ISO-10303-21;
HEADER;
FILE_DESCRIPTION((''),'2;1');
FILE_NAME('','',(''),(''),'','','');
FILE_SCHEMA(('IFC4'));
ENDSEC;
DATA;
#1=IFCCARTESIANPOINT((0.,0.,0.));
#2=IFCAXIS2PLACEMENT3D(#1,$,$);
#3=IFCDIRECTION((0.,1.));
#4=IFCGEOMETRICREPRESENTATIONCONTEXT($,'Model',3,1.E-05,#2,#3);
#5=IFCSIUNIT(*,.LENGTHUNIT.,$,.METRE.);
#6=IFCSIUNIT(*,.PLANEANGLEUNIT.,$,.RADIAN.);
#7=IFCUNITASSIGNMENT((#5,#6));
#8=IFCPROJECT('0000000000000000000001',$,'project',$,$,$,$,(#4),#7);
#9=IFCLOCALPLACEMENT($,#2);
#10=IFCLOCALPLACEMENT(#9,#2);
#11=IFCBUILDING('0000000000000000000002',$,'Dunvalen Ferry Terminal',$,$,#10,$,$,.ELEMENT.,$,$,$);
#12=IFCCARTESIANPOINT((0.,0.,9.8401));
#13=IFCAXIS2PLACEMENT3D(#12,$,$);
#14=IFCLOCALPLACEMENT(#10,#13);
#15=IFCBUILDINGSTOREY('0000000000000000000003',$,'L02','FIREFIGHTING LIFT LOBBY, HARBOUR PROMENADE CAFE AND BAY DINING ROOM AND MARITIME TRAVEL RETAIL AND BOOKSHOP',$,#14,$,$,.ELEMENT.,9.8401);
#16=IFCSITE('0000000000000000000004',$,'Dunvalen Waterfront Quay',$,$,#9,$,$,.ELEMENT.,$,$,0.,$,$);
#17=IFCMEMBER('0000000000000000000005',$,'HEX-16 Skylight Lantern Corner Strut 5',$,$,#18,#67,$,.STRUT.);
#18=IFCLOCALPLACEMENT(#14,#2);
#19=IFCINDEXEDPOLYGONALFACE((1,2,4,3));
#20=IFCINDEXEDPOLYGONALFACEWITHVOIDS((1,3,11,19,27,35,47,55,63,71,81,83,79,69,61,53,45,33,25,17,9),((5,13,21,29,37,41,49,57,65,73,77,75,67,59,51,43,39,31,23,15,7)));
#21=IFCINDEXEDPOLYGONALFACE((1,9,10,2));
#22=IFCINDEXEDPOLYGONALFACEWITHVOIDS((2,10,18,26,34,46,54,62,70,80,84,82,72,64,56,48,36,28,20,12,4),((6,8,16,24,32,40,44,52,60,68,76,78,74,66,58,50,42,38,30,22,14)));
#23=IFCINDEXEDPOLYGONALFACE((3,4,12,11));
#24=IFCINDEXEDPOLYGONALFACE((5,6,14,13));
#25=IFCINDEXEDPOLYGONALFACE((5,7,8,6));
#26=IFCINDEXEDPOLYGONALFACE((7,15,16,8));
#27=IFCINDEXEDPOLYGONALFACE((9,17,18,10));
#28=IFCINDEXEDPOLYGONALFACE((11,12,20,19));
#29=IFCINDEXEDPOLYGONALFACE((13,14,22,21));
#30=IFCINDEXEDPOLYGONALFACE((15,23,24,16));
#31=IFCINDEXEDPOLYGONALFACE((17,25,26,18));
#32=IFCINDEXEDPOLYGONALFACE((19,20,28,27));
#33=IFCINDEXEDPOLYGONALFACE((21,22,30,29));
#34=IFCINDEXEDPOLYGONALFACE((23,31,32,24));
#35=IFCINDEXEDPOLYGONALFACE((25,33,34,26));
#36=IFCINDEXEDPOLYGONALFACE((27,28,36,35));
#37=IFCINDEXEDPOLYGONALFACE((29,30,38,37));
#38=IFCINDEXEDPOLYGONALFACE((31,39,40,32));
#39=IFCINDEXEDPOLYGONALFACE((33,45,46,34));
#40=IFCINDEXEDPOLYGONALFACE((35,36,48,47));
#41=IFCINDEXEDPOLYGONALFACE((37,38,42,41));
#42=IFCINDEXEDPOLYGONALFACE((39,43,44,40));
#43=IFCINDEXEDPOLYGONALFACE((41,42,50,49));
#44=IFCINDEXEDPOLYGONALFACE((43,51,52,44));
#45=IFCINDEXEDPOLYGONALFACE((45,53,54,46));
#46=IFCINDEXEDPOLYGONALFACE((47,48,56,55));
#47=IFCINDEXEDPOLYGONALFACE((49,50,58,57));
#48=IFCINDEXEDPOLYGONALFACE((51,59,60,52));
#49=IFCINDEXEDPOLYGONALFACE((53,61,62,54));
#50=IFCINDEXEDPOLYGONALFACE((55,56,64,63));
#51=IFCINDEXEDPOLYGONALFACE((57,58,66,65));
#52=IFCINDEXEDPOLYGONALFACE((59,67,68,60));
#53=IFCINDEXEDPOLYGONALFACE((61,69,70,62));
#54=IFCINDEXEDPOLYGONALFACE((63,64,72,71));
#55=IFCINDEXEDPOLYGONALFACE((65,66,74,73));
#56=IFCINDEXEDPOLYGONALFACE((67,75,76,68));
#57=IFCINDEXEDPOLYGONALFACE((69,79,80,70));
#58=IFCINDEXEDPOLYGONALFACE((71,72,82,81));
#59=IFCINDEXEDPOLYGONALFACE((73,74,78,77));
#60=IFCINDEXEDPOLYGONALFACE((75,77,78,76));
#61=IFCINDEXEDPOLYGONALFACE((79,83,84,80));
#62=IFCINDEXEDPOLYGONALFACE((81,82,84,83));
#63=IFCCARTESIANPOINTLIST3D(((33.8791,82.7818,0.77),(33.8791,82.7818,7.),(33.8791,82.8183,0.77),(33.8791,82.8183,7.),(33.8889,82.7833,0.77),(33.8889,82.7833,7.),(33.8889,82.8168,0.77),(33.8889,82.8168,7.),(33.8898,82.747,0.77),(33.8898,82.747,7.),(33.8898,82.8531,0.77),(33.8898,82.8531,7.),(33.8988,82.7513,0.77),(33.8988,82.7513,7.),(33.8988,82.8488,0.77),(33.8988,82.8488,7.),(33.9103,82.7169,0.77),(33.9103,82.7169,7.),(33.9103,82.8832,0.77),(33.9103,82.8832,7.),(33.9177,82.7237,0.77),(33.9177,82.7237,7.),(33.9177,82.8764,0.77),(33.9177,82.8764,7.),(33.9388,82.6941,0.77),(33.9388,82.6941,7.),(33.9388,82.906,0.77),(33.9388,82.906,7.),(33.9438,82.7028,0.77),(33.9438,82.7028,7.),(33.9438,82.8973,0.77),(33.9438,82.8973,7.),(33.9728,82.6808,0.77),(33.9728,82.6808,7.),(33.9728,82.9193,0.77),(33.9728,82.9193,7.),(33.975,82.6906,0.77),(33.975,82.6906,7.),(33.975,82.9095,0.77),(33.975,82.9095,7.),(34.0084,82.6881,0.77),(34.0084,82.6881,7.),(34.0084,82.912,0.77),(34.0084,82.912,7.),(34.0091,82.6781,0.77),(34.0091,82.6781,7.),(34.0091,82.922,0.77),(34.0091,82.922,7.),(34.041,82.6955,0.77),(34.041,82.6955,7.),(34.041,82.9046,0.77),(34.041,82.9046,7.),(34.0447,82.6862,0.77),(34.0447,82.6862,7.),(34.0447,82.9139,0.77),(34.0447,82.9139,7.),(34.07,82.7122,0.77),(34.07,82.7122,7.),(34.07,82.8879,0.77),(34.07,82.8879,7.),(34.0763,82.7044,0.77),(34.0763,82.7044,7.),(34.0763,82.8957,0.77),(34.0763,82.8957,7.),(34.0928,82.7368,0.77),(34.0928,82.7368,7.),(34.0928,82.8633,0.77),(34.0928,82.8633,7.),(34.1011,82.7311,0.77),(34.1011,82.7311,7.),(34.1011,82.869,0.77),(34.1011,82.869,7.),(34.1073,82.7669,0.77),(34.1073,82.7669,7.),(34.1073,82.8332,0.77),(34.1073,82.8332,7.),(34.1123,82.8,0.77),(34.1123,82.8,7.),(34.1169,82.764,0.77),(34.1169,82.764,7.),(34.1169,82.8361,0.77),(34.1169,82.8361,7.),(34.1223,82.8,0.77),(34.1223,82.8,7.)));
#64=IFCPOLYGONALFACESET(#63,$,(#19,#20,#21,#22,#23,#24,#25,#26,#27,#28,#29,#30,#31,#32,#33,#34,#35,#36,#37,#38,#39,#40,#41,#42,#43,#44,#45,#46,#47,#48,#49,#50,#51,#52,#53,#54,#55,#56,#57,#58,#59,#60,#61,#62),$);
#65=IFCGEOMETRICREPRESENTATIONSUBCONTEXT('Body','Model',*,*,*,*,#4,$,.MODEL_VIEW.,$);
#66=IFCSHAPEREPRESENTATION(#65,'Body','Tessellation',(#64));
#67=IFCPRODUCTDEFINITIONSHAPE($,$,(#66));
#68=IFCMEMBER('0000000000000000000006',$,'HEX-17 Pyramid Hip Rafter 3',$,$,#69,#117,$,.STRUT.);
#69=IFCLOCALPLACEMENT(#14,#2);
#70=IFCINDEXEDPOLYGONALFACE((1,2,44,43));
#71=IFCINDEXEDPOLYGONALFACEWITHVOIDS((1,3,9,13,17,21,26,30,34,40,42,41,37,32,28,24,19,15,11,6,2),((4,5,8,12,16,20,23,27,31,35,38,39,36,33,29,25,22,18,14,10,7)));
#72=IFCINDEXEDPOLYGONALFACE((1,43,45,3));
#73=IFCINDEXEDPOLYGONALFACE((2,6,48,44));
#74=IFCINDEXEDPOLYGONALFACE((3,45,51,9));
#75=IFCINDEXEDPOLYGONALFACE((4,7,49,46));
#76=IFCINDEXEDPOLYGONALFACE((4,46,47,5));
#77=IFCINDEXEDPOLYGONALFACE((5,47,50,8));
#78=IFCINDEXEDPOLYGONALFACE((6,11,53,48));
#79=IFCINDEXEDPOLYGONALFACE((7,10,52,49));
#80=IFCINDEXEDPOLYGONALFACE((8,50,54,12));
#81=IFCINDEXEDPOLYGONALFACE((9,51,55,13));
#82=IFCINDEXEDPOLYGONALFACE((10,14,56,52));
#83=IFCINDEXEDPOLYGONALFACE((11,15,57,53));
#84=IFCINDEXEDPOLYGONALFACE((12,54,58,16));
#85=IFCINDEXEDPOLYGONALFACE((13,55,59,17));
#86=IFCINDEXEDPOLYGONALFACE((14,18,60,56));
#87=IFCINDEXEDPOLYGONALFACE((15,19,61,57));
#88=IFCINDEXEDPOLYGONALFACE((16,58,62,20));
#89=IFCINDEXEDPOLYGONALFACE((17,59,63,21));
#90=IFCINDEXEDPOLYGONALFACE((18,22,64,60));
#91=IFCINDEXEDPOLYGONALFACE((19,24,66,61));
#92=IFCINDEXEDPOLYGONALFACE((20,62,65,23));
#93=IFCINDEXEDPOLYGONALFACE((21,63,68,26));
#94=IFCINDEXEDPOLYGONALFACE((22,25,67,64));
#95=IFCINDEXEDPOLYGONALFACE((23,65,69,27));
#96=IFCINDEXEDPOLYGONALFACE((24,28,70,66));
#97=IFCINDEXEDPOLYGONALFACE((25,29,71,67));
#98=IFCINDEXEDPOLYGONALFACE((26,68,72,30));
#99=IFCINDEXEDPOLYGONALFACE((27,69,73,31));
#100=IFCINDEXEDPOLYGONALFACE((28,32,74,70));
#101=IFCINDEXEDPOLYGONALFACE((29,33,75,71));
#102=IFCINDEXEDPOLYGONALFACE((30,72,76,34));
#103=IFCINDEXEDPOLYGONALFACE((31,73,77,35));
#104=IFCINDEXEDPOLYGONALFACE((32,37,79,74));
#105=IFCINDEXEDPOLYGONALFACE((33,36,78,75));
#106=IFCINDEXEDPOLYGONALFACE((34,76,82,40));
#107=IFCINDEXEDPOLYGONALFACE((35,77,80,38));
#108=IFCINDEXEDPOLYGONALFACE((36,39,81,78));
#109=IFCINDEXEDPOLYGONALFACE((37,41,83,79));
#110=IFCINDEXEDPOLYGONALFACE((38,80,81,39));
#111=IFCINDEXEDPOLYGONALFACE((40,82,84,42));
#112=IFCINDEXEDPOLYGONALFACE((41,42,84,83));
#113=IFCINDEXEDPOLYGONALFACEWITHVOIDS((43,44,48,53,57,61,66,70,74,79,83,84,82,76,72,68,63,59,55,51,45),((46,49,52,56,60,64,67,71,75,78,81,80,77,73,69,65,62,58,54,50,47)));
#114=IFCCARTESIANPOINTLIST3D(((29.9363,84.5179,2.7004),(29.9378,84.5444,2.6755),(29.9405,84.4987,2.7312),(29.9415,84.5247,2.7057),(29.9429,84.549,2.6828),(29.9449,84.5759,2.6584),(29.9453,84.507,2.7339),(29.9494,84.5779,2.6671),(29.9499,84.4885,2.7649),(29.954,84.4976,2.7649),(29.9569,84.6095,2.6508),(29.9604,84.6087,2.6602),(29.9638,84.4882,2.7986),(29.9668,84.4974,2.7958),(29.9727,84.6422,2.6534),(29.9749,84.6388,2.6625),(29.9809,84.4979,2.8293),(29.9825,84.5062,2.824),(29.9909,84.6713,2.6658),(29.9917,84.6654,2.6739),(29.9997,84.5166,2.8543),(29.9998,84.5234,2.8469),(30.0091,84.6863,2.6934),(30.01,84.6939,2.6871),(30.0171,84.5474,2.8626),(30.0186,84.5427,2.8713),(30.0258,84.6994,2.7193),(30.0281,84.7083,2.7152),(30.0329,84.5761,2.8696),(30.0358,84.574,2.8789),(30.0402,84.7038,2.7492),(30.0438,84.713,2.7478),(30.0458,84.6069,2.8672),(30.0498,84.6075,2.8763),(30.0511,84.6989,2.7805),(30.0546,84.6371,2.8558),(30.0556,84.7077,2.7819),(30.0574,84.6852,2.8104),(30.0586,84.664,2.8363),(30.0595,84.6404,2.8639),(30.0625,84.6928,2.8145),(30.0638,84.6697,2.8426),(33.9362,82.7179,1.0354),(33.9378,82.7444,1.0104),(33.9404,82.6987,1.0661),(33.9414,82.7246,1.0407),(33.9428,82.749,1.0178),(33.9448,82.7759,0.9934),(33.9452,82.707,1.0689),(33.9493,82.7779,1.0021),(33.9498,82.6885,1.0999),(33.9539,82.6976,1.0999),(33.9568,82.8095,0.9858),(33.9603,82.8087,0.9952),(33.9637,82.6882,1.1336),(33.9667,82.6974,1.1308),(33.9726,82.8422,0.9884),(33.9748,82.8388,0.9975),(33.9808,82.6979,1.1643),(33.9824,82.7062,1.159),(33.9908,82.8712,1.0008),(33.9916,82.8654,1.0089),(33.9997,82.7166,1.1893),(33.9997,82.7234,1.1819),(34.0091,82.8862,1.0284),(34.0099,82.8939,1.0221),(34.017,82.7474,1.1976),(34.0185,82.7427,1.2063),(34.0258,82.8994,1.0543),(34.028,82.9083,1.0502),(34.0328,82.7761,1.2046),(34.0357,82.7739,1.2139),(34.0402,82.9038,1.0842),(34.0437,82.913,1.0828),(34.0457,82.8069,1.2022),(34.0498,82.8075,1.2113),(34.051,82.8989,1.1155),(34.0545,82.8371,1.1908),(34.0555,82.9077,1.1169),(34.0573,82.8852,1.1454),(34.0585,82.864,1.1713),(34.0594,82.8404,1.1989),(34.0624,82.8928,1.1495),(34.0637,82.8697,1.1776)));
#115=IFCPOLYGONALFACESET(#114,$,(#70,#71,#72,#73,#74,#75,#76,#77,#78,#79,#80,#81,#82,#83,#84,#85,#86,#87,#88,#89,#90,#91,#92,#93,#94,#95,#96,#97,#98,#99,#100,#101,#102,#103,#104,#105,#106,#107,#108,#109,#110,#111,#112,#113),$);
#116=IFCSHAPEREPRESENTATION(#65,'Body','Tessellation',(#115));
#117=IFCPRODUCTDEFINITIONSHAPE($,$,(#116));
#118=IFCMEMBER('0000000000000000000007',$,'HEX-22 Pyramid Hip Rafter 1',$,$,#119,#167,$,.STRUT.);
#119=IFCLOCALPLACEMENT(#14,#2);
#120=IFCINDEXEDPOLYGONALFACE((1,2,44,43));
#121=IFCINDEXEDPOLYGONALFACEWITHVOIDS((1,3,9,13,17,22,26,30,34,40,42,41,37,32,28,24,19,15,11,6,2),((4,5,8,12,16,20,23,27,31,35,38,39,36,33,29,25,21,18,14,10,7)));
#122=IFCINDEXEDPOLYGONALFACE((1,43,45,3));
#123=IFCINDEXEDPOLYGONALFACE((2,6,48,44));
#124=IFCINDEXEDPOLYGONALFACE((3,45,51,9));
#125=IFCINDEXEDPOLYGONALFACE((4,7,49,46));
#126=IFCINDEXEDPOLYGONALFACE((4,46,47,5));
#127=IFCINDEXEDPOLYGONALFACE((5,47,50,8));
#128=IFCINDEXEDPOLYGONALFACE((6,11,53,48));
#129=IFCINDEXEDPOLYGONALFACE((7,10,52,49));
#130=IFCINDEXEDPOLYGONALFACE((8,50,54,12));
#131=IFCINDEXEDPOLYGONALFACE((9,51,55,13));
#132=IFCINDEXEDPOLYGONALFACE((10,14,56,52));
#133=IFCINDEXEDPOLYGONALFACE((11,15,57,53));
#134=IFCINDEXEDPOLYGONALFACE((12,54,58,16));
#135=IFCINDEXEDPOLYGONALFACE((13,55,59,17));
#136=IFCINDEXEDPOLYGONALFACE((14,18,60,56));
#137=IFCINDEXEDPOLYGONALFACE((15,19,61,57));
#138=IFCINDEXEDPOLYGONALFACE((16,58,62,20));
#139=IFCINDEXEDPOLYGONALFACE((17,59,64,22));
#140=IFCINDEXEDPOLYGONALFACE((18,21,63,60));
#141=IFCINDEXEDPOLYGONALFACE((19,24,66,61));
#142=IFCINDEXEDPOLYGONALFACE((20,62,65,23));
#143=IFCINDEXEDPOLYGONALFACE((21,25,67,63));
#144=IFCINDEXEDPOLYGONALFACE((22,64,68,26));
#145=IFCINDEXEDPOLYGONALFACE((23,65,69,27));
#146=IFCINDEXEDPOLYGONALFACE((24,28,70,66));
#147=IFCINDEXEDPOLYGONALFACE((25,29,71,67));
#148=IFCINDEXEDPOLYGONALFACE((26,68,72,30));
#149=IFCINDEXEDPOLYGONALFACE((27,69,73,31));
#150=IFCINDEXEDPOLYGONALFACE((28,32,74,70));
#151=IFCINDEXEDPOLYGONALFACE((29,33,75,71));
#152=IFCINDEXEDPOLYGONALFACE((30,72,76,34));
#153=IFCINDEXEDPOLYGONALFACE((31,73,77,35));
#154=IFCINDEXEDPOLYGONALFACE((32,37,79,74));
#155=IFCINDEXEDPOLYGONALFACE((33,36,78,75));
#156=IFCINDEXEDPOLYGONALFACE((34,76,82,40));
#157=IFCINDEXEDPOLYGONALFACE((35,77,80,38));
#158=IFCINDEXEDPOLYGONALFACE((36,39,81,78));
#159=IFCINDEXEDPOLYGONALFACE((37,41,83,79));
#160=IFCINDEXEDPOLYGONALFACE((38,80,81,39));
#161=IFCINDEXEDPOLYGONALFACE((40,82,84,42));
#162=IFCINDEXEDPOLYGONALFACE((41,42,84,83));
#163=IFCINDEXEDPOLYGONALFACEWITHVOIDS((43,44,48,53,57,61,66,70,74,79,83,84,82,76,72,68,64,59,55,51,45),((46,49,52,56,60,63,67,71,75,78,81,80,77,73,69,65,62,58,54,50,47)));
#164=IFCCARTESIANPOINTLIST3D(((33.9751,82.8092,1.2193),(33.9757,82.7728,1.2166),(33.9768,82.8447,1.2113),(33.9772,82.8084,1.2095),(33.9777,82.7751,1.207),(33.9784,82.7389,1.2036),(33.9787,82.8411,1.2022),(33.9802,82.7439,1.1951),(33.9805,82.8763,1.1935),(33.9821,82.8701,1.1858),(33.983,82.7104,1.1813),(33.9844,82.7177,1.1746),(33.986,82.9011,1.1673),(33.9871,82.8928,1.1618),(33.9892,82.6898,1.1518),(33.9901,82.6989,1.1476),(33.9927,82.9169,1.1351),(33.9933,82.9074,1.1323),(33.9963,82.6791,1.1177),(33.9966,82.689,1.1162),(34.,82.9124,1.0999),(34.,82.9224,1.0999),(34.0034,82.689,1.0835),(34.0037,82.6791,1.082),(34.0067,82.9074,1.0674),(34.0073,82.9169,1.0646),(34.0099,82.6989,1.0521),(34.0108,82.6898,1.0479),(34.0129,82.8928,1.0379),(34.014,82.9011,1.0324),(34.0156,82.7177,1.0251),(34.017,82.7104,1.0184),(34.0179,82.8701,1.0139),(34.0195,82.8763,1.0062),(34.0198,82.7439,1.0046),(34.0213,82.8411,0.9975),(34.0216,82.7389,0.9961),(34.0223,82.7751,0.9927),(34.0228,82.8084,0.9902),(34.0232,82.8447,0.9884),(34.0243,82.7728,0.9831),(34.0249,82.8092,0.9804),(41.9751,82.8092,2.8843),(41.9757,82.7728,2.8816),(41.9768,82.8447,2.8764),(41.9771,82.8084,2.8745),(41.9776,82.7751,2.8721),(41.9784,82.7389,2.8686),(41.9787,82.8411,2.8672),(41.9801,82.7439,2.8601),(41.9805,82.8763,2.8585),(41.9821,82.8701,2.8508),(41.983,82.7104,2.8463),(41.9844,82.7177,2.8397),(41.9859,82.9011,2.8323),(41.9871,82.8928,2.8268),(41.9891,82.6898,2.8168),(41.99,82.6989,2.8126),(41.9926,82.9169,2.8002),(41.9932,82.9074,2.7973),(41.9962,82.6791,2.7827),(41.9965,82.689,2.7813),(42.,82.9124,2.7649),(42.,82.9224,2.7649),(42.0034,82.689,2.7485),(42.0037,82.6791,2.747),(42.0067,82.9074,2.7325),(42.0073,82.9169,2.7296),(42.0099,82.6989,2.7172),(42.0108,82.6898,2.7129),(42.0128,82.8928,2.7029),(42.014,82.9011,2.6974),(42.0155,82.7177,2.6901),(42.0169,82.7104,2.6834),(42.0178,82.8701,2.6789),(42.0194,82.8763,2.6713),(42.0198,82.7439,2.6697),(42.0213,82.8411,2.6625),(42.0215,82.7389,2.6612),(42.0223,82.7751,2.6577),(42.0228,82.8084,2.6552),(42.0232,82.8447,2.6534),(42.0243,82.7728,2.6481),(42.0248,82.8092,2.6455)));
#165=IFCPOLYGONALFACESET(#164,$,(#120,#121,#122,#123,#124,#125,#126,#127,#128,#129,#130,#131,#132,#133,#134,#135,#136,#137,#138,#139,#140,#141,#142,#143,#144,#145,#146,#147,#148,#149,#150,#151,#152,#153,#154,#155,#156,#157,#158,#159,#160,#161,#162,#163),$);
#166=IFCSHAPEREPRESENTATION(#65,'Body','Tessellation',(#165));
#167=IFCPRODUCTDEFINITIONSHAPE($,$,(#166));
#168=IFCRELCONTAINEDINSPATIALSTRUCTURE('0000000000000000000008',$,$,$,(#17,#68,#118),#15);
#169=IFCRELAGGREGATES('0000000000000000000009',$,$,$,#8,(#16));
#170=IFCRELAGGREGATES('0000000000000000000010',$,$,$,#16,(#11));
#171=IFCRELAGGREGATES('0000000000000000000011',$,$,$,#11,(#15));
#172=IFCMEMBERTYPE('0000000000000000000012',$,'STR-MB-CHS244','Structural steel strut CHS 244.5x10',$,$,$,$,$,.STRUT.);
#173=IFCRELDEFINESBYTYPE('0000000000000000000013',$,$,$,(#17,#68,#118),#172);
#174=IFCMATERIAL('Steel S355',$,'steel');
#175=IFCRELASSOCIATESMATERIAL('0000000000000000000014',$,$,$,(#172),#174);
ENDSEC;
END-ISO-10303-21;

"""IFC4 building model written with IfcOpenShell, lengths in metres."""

from ifc_helpers import new_model, si_unit, direction, frame, origin, origin_2d, place, context, subcontext, project, spatial, hollow_circle, extrude, material, material_profile, profile_set, type_object, element, save


model = new_model("IFC4")

# Units and contexts
model_context = context("Model", 3, precision=1e-05, world=origin(), true_north=direction((0.0, 1.0)))
body_context = subcontext(model_context, "Body", "Model", "MODEL_VIEW")
ifc_project = project(units=[si_unit("LENGTHUNIT", "METRE"), si_unit("PLANEANGLEUNIT", "RADIAN")], contexts=[model_context])

# Site, building, storey
site_placement = place(None, origin())
site = spatial("IfcSite", under=ifc_project, at=site_placement, Name="Dunvalen Waterfront Quay", CompositionType="ELEMENT", RefElevation=0.0)
building_placement = place(site_placement, origin())
building = spatial("IfcBuilding", under=site, at=building_placement, Name="Dunvalen Ferry Terminal", CompositionType="ELEMENT")
storey_placement = place(building_placement, frame((0.0, 0.0, 9.8401)))
storey = spatial("IfcBuildingStorey", under=building, at=storey_placement, Name="L02", Description="FIREFIGHTING LIFT LOBBY, HARBOUR PROMENADE CAFE AND BAY DINING ROOM AND MARITIME TRAVEL RETAIL AND BOOKSHOP", CompositionType="ELEMENT", Elevation=9.8401)

# Shared definitions
ifc_material_1 = material(Name="Steel S355", Category="steel")

# Members
ifc_material_profile_1 = material_profile(ifc_material_1, hollow_circle(Radius=0.1223, WallThickness=0.01, at=origin_2d()), Name="Steel S355")
ifc_profile_set_1 = profile_set([ifc_material_profile_1], Name="Steel S355")
member_type_1 = type_object("IfcMemberType", Name="STR-MB-CHS244", Description="Structural steel strut CHS 244.5x10", PredefinedType="STRUT", material=ifc_profile_set_1)
member_1_placement = place(storey_placement, frame((34.0, 82.8, 0.77), z_axis=(0.0, 0.0, 1.0), x_axis=(1.0, 0.0, 0.0)))
element("IfcMember", 1, at=member_1_placement, inside=storey, type_object=member_type_1, Name="HEX-16 Skylight Lantern Corner Strut 5", PredefinedType="STRUT", context=body_context, shape_type="SweptSolid", body=[
    extrude(hollow_circle(Radius=0.1223, WallThickness=0.01, at=origin_2d()), origin(), (0.0, 0.0, 1.0), 6.23),
])
member_2_placement = place(storey_placement, frame((34.0, 82.8, 1.0999), z_axis=(-0.85256, 0.383662, 0.354886), x_axis=(-0.410374, -0.911917, 0.0)))
element("IfcMember", 2, at=member_2_placement, inside=storey, type_object=member_type_1, Name="HEX-17 Pyramid Hip Rafter 3", PredefinedType="STRUT", context=body_context, shape_type="SweptSolid", body=[
    extrude(hollow_circle(Radius=0.1223, WallThickness=0.01, at=origin_2d()), origin(), (0.0, 0.0, 1.0), 4.6917),
])
member_3_placement = place(storey_placement, frame((34.0, 82.8, 1.0999), z_axis=(0.97902, 0.0, 0.203763), x_axis=(0.0, 1.0, 0.0)))
element("IfcMember", 3, at=member_3_placement, inside=storey, type_object=member_type_1, Name="HEX-22 Pyramid Hip Rafter 1", PredefinedType="STRUT", context=body_context, shape_type="SweptSolid", body=[
    extrude(hollow_circle(Radius=0.1223, WallThickness=0.01, at=origin_2d()), origin(), (0.0, 0.0, 1.0), 8.1714),
])

save(model, "model.ifc")
